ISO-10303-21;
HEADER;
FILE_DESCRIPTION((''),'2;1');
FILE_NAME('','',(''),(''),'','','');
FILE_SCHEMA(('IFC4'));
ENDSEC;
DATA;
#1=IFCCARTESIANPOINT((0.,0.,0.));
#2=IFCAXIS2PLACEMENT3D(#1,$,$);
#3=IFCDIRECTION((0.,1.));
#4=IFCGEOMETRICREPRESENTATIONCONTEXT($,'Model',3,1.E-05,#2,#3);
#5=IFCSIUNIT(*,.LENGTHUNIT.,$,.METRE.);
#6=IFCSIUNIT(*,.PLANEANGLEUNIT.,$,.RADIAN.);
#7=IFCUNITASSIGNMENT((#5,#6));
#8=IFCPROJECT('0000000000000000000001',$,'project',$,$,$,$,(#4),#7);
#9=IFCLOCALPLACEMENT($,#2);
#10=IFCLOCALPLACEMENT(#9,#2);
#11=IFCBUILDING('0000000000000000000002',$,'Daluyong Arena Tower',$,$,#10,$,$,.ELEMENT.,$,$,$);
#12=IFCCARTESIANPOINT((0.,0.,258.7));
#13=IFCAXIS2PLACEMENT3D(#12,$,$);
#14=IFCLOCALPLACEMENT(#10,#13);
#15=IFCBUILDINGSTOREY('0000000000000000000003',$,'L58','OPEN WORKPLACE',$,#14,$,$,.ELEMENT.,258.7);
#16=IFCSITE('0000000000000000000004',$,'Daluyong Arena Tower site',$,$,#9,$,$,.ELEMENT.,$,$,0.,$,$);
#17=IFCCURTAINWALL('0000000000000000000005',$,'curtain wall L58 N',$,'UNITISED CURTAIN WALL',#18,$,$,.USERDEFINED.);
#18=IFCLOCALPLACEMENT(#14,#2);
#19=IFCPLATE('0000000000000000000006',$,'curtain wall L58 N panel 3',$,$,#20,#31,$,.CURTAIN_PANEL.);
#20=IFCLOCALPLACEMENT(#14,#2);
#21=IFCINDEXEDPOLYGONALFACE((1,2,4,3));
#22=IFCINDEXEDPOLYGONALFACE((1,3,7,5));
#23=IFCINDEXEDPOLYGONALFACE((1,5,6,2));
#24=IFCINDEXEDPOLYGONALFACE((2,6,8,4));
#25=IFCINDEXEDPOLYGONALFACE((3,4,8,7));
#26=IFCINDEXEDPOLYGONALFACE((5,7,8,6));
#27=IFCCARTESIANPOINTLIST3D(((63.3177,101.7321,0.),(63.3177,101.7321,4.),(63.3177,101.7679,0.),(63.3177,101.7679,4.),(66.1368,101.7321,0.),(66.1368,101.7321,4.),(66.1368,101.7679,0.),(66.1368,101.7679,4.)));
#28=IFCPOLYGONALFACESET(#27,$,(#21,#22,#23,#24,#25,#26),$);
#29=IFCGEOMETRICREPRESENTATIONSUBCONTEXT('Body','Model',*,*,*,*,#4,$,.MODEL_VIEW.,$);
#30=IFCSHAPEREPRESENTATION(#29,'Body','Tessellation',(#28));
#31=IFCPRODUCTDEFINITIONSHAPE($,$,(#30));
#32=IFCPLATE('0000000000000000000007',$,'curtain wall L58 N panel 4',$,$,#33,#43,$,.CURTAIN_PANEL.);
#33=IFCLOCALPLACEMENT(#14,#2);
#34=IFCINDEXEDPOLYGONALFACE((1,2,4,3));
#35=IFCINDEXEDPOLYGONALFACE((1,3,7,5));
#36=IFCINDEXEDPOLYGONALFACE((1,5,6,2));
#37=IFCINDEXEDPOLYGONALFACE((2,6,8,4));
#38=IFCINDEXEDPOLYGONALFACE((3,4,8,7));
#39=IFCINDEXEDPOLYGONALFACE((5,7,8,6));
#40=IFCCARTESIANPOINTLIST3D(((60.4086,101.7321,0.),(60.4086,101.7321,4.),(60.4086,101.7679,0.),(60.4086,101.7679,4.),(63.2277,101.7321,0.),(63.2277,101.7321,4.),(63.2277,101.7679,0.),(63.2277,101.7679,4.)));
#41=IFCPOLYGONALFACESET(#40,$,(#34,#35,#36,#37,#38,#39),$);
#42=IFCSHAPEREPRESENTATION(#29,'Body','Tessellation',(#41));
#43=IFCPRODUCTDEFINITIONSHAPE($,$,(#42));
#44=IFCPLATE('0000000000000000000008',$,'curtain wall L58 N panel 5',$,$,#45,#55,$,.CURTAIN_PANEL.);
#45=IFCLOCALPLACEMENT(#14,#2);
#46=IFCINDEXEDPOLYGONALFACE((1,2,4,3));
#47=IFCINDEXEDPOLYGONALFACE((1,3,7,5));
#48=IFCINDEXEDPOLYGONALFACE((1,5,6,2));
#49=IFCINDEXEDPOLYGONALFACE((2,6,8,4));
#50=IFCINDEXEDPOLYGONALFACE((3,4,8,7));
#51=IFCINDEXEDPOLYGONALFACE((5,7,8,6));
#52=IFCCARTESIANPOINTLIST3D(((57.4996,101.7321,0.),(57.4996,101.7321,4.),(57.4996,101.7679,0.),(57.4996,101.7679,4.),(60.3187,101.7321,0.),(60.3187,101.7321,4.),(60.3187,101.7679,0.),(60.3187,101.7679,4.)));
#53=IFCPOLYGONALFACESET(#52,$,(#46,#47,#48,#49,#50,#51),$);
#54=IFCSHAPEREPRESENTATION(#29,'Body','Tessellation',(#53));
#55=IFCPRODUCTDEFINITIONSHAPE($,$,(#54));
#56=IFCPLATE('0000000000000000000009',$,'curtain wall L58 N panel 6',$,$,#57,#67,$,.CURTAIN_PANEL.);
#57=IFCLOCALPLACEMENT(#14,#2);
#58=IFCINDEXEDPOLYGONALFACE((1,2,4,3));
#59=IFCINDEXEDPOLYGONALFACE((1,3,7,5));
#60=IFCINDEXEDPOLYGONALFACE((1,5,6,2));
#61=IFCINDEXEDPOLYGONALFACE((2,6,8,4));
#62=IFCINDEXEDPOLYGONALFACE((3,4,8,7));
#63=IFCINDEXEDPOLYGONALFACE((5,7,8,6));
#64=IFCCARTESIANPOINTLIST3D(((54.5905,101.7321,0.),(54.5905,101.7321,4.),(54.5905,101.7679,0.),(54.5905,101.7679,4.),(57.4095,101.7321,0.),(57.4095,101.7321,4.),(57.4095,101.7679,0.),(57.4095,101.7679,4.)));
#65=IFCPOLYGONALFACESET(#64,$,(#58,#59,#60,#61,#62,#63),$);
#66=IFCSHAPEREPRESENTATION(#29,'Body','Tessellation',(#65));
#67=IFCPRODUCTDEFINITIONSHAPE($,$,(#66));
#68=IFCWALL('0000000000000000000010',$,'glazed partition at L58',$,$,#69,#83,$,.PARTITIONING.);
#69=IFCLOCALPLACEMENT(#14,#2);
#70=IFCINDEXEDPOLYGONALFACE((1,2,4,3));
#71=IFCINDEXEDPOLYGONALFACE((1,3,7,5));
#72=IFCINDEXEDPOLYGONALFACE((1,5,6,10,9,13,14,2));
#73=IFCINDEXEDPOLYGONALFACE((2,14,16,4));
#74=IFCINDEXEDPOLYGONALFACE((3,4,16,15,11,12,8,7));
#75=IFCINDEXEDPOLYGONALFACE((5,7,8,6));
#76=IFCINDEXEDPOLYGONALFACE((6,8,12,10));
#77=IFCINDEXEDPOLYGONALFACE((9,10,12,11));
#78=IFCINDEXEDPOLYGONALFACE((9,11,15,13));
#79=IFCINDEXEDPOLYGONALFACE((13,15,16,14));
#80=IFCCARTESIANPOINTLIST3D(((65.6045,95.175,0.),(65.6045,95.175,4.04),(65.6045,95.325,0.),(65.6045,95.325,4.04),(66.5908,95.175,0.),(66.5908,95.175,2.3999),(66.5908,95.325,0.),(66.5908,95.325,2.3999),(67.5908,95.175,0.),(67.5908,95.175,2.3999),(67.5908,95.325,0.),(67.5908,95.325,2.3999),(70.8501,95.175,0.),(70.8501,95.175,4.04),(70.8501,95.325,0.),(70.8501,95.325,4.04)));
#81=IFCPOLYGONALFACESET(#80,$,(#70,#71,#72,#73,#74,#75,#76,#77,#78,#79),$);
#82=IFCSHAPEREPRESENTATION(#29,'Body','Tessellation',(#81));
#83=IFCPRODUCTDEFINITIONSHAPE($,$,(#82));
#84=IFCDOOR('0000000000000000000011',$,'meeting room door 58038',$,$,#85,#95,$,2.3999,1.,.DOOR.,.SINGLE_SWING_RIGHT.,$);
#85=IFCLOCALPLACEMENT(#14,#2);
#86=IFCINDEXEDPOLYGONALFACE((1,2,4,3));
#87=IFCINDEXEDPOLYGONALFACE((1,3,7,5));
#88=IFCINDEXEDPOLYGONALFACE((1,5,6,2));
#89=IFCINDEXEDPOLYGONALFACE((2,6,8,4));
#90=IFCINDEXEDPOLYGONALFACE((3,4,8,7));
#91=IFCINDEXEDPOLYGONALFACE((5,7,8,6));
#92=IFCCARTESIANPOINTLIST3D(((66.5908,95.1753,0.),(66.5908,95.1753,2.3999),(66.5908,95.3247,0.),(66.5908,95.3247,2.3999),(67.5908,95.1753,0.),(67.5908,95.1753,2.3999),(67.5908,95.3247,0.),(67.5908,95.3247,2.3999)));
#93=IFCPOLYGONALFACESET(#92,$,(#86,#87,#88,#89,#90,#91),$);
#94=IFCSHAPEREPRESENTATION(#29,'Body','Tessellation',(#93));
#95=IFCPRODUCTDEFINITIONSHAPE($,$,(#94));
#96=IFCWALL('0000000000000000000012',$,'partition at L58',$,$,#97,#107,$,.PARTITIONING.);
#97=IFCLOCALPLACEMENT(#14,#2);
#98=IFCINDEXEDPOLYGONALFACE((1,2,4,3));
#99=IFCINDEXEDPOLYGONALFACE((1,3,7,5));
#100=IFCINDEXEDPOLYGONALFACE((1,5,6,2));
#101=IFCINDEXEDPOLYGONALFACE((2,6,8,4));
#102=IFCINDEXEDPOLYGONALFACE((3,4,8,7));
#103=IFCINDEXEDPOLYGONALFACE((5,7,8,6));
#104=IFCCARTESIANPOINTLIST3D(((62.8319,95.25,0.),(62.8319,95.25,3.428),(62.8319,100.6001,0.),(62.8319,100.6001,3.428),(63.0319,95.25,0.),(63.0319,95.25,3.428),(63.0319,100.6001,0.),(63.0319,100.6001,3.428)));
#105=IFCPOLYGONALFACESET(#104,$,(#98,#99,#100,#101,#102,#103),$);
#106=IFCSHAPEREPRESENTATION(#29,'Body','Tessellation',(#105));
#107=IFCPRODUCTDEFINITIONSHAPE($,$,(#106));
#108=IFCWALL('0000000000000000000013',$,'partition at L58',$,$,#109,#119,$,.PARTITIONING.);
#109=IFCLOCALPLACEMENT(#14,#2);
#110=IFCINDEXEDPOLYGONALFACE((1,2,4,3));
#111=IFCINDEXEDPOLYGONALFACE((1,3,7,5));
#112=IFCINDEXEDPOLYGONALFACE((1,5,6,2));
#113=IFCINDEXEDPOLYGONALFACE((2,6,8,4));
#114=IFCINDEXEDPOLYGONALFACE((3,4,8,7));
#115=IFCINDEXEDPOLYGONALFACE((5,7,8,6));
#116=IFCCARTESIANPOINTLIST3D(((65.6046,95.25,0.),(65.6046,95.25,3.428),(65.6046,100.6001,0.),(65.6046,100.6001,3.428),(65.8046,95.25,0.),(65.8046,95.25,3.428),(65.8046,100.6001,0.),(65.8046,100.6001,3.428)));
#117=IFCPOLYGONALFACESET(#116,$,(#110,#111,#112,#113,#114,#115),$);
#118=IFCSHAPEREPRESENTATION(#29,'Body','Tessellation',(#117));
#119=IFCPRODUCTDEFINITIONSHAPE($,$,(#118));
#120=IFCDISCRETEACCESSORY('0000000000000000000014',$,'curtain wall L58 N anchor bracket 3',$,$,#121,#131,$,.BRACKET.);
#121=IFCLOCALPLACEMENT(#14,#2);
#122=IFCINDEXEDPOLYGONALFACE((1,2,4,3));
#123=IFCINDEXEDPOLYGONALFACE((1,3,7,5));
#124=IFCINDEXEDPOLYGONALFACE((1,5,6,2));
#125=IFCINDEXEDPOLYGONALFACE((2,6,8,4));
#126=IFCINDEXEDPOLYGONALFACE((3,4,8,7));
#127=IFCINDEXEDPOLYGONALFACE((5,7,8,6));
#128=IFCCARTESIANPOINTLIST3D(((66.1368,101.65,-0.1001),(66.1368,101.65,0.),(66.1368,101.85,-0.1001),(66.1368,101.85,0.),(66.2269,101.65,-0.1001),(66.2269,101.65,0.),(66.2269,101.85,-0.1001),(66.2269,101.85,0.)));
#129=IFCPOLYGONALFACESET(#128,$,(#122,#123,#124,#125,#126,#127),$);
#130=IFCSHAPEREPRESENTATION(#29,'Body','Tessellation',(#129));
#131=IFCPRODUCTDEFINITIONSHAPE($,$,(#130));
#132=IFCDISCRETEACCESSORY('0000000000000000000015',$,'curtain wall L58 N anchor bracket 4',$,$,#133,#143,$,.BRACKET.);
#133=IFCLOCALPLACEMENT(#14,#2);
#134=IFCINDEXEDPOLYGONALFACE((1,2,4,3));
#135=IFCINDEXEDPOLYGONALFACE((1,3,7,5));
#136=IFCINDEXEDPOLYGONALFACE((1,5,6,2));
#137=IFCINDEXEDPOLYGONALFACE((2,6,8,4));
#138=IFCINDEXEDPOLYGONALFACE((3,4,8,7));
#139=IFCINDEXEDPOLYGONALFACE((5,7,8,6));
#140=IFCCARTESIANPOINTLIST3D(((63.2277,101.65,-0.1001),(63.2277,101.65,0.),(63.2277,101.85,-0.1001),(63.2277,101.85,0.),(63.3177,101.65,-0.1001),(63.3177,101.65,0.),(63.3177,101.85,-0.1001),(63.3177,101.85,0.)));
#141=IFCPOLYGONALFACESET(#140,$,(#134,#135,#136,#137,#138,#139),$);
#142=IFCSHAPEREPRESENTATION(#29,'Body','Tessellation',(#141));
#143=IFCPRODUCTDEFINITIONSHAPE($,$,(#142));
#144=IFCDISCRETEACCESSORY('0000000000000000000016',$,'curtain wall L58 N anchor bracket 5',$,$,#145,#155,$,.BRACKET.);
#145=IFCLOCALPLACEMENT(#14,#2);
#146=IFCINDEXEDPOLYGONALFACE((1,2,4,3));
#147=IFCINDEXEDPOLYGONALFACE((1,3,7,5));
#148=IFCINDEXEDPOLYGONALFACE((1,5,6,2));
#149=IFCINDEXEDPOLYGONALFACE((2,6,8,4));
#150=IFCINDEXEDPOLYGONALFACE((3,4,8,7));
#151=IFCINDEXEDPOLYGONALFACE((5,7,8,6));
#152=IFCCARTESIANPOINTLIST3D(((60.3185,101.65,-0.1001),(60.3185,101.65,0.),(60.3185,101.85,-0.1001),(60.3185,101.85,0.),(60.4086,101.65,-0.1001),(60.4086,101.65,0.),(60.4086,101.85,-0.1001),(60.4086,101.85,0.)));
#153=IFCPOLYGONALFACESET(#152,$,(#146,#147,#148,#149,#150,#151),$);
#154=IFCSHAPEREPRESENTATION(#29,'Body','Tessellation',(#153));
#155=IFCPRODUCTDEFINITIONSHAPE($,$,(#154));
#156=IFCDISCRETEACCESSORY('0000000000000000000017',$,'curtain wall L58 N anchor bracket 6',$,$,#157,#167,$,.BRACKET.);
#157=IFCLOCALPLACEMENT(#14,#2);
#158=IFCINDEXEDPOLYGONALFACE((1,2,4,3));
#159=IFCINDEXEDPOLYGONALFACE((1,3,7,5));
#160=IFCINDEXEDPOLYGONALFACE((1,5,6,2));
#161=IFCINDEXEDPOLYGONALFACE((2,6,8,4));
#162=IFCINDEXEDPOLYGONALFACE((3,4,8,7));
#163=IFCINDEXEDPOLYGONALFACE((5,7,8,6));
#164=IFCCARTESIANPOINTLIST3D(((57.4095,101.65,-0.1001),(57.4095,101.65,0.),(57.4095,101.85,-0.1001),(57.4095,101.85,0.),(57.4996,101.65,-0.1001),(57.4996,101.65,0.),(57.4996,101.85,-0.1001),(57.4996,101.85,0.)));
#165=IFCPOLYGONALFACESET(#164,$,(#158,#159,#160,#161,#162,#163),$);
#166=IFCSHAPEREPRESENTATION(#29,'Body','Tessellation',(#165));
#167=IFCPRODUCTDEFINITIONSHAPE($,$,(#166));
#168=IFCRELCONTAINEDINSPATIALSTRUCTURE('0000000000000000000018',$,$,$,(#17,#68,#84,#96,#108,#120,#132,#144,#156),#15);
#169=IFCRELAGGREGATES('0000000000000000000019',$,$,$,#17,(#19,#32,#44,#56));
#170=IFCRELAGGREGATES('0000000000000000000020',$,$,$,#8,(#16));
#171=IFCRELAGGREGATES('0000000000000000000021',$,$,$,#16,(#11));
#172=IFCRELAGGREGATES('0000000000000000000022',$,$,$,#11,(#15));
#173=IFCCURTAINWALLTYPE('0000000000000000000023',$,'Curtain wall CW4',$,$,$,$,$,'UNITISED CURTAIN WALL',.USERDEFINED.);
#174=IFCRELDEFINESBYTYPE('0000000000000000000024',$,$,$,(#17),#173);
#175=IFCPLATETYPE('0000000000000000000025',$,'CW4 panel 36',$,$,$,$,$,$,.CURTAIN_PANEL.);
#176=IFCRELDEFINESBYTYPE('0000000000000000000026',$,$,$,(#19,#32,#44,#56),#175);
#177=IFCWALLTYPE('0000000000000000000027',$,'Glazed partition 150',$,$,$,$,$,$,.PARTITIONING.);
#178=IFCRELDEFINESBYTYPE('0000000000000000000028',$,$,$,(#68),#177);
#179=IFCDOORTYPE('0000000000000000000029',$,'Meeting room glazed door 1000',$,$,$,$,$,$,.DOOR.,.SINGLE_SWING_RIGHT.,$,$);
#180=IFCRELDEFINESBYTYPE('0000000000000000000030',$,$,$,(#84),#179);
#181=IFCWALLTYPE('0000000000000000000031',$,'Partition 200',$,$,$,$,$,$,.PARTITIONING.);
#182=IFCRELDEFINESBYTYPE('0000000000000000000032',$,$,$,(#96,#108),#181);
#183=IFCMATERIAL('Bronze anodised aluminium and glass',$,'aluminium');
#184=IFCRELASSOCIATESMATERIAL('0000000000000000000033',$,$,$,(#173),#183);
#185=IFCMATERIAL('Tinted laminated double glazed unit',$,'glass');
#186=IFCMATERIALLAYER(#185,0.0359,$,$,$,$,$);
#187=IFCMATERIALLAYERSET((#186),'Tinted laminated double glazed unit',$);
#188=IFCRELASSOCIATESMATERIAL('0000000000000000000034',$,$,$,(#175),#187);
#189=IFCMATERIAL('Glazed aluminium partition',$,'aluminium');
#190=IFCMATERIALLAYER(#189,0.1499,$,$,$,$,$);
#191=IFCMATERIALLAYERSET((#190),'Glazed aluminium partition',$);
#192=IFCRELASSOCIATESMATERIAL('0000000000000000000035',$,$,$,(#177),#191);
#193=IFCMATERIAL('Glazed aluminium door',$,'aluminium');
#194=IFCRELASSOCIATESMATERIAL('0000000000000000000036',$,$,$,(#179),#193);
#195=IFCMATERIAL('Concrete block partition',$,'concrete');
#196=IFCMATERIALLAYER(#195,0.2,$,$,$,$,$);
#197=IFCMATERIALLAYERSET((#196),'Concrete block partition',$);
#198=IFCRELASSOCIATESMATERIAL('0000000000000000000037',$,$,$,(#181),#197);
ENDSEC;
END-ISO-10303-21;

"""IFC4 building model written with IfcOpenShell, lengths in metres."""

from ifc_helpers import new_model, si_unit, direction, frame, frame_2d, origin, origin_2d, place, context, subcontext, project, spatial, rectangle, extrude, material, layer, layer_set, type_object, element, fill, aggregate, save


model = new_model("IFC4")

# Units and contexts
model_context = context("Model", 3, precision=1e-05, world=origin(), true_north=direction((0.0, 1.0)))
body_context = subcontext(model_context, "Body", "Model", "MODEL_VIEW")
ifc_project = project(units=[si_unit("LENGTHUNIT", "METRE"), si_unit("PLANEANGLEUNIT", "RADIAN")], contexts=[model_context])

# Site, building, storey
site_placement = place(None, origin())
site = spatial("IfcSite", under=ifc_project, at=site_placement, Name="Daluyong Arena Tower site", CompositionType="ELEMENT", RefElevation=0.0)
building_placement = place(site_placement, origin())
building = spatial("IfcBuilding", under=site, at=building_placement, Name="Daluyong Arena Tower", CompositionType="ELEMENT")
storey_placement = place(building_placement, frame((0.0, 0.0, 258.7)))
storey = spatial("IfcBuildingStorey", under=building, at=storey_placement, Name="L58", Description="OPEN WORKPLACE", CompositionType="ELEMENT", Elevation=258.7)

# Curtain wall
ifc_material_1 = material(Name="Bronze anodised aluminium and glass", Category="aluminium")
curtain_wall_type = type_object("IfcCurtainWallType", Name="Curtain wall CW4", ElementType="UNITISED CURTAIN WALL", PredefinedType="USERDEFINED", material=ifc_material_1)
curtain_wall_placement = place(storey_placement, origin())
curtain_wall = element("IfcCurtainWall", 1, at=curtain_wall_placement, inside=storey, type_object=curtain_wall_type, Name="curtain wall L58 N", ObjectType="UNITISED CURTAIN WALL", PredefinedType="USERDEFINED")

# Plates
ifc_material_2 = material(Name="Tinted laminated double glazed unit", Category="glass")
ifc_layer_1 = layer(ifc_material_2, 0.0359)
ifc_layer_set_1 = layer_set([ifc_layer_1], Name="Tinted laminated double glazed unit")
plate_type = type_object("IfcPlateType", Name="CW4 panel 36", PredefinedType="CURTAIN_PANEL", material=ifc_layer_set_1)
plate_1_placement = place(storey_placement, frame((64.7273, 101.75, 0.0), z_axis=(0.0, 0.0, 1.0), x_axis=(-1.0, 0.0, 0.0)))
plate_1 = element("IfcPlate", 2, at=plate_1_placement, type_object=plate_type, Name="curtain wall L58 N panel 3", PredefinedType="CURTAIN_PANEL", context=body_context, shape_type="SweptSolid", body=[
    extrude(rectangle(XDim=2.8191, YDim=0.0359, at=origin_2d()), origin(), (0.0, 0.0, 1.0), 4.0),
])
plate_2_placement = place(storey_placement, frame((61.8181, 101.75, 0.0), z_axis=(0.0, 0.0, 1.0), x_axis=(-1.0, 0.0, 0.0)))
plate_2 = element("IfcPlate", 3, at=plate_2_placement, type_object=plate_type, Name="curtain wall L58 N panel 4", PredefinedType="CURTAIN_PANEL", context=body_context, shape_type="SweptSolid", body=[
    extrude(rectangle(XDim=2.8191, YDim=0.0359, at=origin_2d()), origin(), (0.0, 0.0, 1.0), 4.0),
])
plate_3_placement = place(storey_placement, frame((58.9092, 101.75, 0.0), z_axis=(0.0, 0.0, 1.0), x_axis=(-1.0, 0.0, 0.0)))
plate_3 = element("IfcPlate", 4, at=plate_3_placement, type_object=plate_type, Name="curtain wall L58 N panel 5", PredefinedType="CURTAIN_PANEL", context=body_context, shape_type="SweptSolid", body=[
    extrude(rectangle(XDim=2.8191, YDim=0.0359, at=origin_2d()), origin(), (0.0, 0.0, 1.0), 4.0),
])
plate_4_placement = place(storey_placement, frame((56.0, 101.75, 0.0), z_axis=(0.0, 0.0, 1.0), x_axis=(-1.0, 0.0, 0.0)))
plate_4 = element("IfcPlate", 5, at=plate_4_placement, type_object=plate_type, Name="curtain wall L58 N panel 6", PredefinedType="CURTAIN_PANEL", context=body_context, shape_type="SweptSolid", body=[
    extrude(rectangle(XDim=2.8191, YDim=0.0359, at=origin_2d()), origin(), (0.0, 0.0, 1.0), 4.0),
])
aggregate(curtain_wall, [plate_1, plate_2, plate_3, plate_4])

# Wall, opening, door
ifc_material_3 = material(Name="Glazed aluminium partition", Category="aluminium")
ifc_layer_2 = layer(ifc_material_3, 0.1499)
ifc_layer_set_2 = layer_set([ifc_layer_2], Name="Glazed aluminium partition")
wall_type_1 = type_object("IfcWallType", Name="Glazed partition 150", PredefinedType="PARTITIONING", material=ifc_layer_set_2)
wall_placement = place(storey_placement, frame((65.6045, 95.25, 0.0), z_axis=(0.0, 0.0, 1.0), x_axis=(1.0, 0.0, 0.0)))
wall = element("IfcWall", 6, at=wall_placement, inside=storey, type_object=wall_type_1, Name="glazed partition at L58", PredefinedType="PARTITIONING", context=body_context, shape_type="SweptSolid", body=[
    extrude(rectangle(XDim=5.2456, YDim=0.1499, at=frame_2d((2.6228, 0.0))), origin(), (0.0, 0.0, 1.0), 4.04),
])
opening_placement = place(wall_placement, frame((0.9863, 0.0, 0.0)))
opening = element("IfcOpeningElement", 7, at=opening_placement, cuts=wall, PredefinedType="OPENING", context=body_context, shape_type="SweptSolid", body=[
    extrude(rectangle(XDim=1.0, YDim=2.3999, at=frame_2d((0.5, 1.2))), frame((0.0, 0.085, 0.0), z_axis=(0.0, -1.0, 0.0), x_axis=(1.0, 0.0, 0.0)), (0.0, 0.0, 1.0), 0.1699),
])
ifc_material_4 = material(Name="Glazed aluminium door", Category="aluminium")
door_type = type_object("IfcDoorType", Name="Meeting room glazed door 1000", OperationType="SINGLE_SWING_RIGHT", PredefinedType="DOOR", material=ifc_material_4)
door_placement = place(opening_placement, origin())
door = element("IfcDoor", 8, at=door_placement, inside=storey, type_object=door_type, Name="meeting room door 58038", OperationType="SINGLE_SWING_RIGHT", OverallHeight=2.3999, OverallWidth=1.0, PredefinedType="DOOR", context=body_context, shape_type="SweptSolid", body=[
    extrude(rectangle(XDim=1.0, YDim=2.3999, at=frame_2d((0.5, 1.2))), frame((0.0, 0.0747, 0.0), z_axis=(0.0, -1.0, 0.0), x_axis=(1.0, 0.0, 0.0)), (0.0, 0.0, 1.0), 0.1494),
])
fill(opening, door)

# Walls
ifc_material_5 = material(Name="Concrete block partition", Category="concrete")
ifc_layer_3 = layer(ifc_material_5, 0.2)
ifc_layer_set_3 = layer_set([ifc_layer_3], Name="Concrete block partition")
wall_type_2 = type_object("IfcWallType", Name="Partition 200", PredefinedType="PARTITIONING", material=ifc_layer_set_3)
for number, where, z_axis, x_axis, name in (
    (9, (62.9319, 95.25, 0.0), (0.0, 0.0, 1.0), (0.0, 1.0, 0.0), "partition at L58"),
    (10, (65.7046, 95.25, 0.0), (0.0, 0.0, 1.0), (0.0, 1.0, 0.0), "partition at L58"),
):
    element("IfcWall", number, at=place(storey_placement, frame(where, z_axis=z_axis, x_axis=x_axis)), inside=storey, type_object=wall_type_2, Name=name, PredefinedType="PARTITIONING", context=body_context, shape_type="SweptSolid", body=[
        extrude(rectangle(XDim=5.3501, YDim=0.2, at=frame_2d((2.675, 0.0))), origin(), (0.0, 0.0, 1.0), 3.428),
    ])

# Discrete accessories
for number, where, z_axis, x_axis, name in (
    (11, (66.1819, 101.75, -0.1001), (0.0, 0.0, 1.0), (-1.0, 0.0, 0.0), "curtain wall L58 N anchor bracket 3"),
    (12, (63.2727, 101.75, -0.1001), (0.0, 0.0, 1.0), (-1.0, 0.0, 0.0), "curtain wall L58 N anchor bracket 4"),
    (13, (60.3635, 101.75, -0.1001), (0.0, 0.0, 1.0), (-1.0, 0.0, 0.0), "curtain wall L58 N anchor bracket 5"),
    (14, (57.4546, 101.75, -0.1001), (0.0, 0.0, 1.0), (-1.0, 0.0, 0.0), "curtain wall L58 N anchor bracket 6"),
):
    element("IfcDiscreteAccessory", number, at=place(storey_placement, frame(where, z_axis=z_axis, x_axis=x_axis)), inside=storey, Name=name, PredefinedType="BRACKET", context=body_context, shape_type="SweptSolid", body=[
        extrude(rectangle(XDim=0.0901, YDim=0.2, at=origin_2d()), origin(), (0.0, 0.0, 1.0), 0.1001),
    ])

save(model, "model.ifc")
